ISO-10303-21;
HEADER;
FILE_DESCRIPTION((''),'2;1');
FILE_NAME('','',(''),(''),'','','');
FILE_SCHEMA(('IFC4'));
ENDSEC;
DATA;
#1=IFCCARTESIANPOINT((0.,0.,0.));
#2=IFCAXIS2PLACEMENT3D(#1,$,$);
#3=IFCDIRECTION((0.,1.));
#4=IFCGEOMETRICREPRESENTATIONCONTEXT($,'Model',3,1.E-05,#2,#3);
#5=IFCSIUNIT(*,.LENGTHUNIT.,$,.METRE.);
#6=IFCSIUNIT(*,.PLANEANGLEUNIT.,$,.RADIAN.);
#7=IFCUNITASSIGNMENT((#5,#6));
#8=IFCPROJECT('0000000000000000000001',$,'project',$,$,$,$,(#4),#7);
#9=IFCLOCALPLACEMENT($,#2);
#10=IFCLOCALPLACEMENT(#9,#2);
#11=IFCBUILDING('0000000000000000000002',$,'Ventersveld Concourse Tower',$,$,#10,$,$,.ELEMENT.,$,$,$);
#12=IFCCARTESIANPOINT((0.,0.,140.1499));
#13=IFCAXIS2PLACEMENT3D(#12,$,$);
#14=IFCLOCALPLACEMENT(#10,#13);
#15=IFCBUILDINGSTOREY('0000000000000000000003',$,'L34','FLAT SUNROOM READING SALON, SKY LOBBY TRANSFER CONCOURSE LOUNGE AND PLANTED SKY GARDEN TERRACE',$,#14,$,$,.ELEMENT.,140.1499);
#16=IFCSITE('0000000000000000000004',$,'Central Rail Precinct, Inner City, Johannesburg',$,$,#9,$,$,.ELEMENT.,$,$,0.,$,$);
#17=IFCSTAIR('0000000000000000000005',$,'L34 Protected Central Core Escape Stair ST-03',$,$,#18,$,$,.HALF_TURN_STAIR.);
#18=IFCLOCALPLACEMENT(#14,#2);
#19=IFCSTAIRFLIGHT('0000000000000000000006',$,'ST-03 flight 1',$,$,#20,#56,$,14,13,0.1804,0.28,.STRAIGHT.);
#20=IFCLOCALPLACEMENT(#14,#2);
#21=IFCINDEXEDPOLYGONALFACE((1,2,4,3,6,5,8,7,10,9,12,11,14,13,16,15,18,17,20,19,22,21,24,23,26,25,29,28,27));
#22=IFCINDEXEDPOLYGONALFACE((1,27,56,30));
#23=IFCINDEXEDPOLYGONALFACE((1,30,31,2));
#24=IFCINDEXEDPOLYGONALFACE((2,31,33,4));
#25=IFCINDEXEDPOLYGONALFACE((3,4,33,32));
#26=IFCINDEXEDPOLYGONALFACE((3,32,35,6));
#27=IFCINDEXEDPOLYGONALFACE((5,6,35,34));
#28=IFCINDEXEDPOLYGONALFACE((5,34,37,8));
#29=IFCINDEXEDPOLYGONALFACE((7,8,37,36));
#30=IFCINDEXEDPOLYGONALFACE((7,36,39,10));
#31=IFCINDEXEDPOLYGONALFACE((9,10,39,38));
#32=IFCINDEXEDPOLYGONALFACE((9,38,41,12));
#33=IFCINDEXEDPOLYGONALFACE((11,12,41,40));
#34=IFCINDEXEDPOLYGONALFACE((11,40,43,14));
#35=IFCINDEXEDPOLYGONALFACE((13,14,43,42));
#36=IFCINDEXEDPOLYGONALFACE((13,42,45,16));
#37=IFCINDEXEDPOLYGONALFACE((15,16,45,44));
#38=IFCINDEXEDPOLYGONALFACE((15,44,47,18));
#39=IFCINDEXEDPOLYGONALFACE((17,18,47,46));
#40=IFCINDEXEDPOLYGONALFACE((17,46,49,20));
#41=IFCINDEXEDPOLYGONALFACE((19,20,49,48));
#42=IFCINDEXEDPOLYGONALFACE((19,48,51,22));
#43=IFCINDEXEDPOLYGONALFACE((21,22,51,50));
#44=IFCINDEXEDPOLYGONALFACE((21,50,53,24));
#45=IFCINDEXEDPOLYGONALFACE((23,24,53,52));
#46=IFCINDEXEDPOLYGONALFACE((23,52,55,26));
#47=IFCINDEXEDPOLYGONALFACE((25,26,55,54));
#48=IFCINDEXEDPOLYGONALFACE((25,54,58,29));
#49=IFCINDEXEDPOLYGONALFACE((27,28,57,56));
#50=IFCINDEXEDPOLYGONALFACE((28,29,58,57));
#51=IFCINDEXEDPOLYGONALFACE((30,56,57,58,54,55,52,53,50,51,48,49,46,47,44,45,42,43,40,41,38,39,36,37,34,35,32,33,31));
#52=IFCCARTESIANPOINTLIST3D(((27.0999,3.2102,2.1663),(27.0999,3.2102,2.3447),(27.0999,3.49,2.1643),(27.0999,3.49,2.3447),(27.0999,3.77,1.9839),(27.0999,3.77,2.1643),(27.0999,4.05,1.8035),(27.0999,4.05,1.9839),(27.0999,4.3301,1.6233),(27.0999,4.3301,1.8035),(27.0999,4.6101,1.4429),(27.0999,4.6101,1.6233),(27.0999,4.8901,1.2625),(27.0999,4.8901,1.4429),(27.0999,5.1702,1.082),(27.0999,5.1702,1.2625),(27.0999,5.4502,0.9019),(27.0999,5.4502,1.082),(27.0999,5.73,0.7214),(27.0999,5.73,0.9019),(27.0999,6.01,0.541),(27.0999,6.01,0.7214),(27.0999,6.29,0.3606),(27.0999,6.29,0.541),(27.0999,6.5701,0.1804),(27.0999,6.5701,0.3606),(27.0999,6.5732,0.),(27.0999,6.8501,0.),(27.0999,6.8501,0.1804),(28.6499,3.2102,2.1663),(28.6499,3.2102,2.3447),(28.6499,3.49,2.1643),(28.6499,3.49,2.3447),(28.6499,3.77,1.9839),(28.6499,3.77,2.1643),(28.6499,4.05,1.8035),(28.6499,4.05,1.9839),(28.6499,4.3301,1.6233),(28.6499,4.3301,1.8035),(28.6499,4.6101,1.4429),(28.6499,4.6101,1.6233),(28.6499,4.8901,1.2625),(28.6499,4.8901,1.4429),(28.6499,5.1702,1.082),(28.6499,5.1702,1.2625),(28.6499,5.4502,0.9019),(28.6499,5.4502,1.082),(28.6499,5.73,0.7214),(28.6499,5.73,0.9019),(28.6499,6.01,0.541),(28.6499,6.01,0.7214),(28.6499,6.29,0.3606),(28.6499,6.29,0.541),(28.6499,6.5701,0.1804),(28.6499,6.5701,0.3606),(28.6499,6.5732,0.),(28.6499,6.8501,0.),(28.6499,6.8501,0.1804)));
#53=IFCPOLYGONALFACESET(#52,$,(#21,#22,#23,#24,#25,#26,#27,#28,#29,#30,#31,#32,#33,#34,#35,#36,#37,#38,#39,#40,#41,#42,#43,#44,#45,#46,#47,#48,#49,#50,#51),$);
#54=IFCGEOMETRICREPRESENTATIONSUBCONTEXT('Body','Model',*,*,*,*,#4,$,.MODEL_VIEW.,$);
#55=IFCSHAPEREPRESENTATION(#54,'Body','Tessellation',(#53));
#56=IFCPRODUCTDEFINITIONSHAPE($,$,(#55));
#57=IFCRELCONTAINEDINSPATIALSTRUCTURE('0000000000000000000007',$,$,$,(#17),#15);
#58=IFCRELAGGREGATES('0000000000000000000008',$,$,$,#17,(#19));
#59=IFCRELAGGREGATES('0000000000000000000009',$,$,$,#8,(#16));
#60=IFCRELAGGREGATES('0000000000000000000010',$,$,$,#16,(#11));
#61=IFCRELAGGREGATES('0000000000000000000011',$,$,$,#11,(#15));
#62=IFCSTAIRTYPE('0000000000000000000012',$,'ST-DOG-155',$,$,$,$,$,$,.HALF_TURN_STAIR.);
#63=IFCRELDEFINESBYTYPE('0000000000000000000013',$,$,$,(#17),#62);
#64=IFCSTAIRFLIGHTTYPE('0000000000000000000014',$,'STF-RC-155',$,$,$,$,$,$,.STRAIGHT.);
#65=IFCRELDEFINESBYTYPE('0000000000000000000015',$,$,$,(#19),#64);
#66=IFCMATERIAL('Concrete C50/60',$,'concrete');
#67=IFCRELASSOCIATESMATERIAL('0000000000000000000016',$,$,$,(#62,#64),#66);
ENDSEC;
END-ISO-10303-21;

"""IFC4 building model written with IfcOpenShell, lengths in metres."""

from ifc_helpers import new_model, si_unit, direction, frame, origin, place, context, subcontext, project, spatial, polyline, outline, extrude, material, type_object, element, aggregate, save


model = new_model("IFC4")

# Units and contexts
model_context = context("Model", 3, precision=1e-05, world=origin(), true_north=direction((0.0, 1.0)))
body_context = subcontext(model_context, "Body", "Model", "MODEL_VIEW")
ifc_project = project(units=[si_unit("LENGTHUNIT", "METRE"), si_unit("PLANEANGLEUNIT", "RADIAN")], contexts=[model_context])

# Site, building, storey
site_placement = place(None, origin())
site = spatial("IfcSite", under=ifc_project, at=site_placement, Name="Central Rail Precinct, Inner City, Johannesburg", CompositionType="ELEMENT", RefElevation=0.0)
building_placement = place(site_placement, origin())
building = spatial("IfcBuilding", under=site, at=building_placement, Name="Ventersveld Concourse Tower", CompositionType="ELEMENT")
storey_placement = place(building_placement, frame((0.0, 0.0, 140.1499)))
storey = spatial("IfcBuildingStorey", under=building, at=storey_placement, Name="L34", Description="FLAT SUNROOM READING SALON, SKY LOBBY TRANSFER CONCOURSE LOUNGE AND PLANTED SKY GARDEN TERRACE", CompositionType="ELEMENT", Elevation=140.1499)

# Shared definitions
ifc_material_1 = material(Name="Concrete C50/60", Category="concrete")

# Stair, stair flight
stair_type = type_object("IfcStairType", Name="ST-DOG-155", PredefinedType="HALF_TURN_STAIR", material=ifc_material_1)
stair_placement = place(storey_placement, origin())
stair = element("IfcStair", 1, at=stair_placement, inside=storey, type_object=stair_type, Name="L34 Protected Central Core Escape Stair ST-03", PredefinedType="HALF_TURN_STAIR")
stair_flight_type = type_object("IfcStairFlightType", Name="STF-RC-155", PredefinedType="STRAIGHT", material=ifc_material_1)
stair_flight_placement = place(storey_placement, frame((27.875, 6.8501, 0.0), z_axis=(0.0, 0.0, 1.0), x_axis=(0.0, -1.0, 0.0)))
stair_flight = element("IfcStairFlight", 2, at=stair_flight_placement, type_object=stair_flight_type, Name="ST-03 flight 1", NumberOfRisers=14, NumberOfTreads=13, PredefinedType="STRAIGHT", RiserHeight=0.1804, TreadLength=0.28, context=body_context, shape_type="SweptSolid", body=[
    extrude(outline(polyline([(0.0, 0.0), (0.0, 0.1804), (0.28, 0.1804), (0.28, 0.3606), (0.5601, 0.3606), (0.5601, 0.541), (0.8401, 0.541), (0.8401, 0.7214), (1.1201, 0.7214), (1.1201, 0.9019), (1.3999, 0.9019), (1.3999, 1.082), (1.6799, 1.082), (1.6799, 1.2625), (1.96, 1.2625), (1.96, 1.4429), (2.24, 1.4429), (2.24, 1.6233), (2.52, 1.6233), (2.52, 1.8035), (2.8, 1.8035), (2.8, 1.9839), (3.0801, 1.9839), (3.0801, 2.1643), (3.3601, 2.1643), (3.3601, 2.3447), (3.6399, 2.3447), (3.6399, 2.5249), (3.6399, 2.1663), (0.2769, 0.0), (0.0, 0.0)])), frame((0.0, 0.7749, 0.0), z_axis=(0.0, -1.0, 0.0), x_axis=(1.0, 0.0, 0.0)), (0.0, 0.0, 1.0), 1.55),
])
aggregate(stair, [stair_flight])

save(model, "model.ifc")
